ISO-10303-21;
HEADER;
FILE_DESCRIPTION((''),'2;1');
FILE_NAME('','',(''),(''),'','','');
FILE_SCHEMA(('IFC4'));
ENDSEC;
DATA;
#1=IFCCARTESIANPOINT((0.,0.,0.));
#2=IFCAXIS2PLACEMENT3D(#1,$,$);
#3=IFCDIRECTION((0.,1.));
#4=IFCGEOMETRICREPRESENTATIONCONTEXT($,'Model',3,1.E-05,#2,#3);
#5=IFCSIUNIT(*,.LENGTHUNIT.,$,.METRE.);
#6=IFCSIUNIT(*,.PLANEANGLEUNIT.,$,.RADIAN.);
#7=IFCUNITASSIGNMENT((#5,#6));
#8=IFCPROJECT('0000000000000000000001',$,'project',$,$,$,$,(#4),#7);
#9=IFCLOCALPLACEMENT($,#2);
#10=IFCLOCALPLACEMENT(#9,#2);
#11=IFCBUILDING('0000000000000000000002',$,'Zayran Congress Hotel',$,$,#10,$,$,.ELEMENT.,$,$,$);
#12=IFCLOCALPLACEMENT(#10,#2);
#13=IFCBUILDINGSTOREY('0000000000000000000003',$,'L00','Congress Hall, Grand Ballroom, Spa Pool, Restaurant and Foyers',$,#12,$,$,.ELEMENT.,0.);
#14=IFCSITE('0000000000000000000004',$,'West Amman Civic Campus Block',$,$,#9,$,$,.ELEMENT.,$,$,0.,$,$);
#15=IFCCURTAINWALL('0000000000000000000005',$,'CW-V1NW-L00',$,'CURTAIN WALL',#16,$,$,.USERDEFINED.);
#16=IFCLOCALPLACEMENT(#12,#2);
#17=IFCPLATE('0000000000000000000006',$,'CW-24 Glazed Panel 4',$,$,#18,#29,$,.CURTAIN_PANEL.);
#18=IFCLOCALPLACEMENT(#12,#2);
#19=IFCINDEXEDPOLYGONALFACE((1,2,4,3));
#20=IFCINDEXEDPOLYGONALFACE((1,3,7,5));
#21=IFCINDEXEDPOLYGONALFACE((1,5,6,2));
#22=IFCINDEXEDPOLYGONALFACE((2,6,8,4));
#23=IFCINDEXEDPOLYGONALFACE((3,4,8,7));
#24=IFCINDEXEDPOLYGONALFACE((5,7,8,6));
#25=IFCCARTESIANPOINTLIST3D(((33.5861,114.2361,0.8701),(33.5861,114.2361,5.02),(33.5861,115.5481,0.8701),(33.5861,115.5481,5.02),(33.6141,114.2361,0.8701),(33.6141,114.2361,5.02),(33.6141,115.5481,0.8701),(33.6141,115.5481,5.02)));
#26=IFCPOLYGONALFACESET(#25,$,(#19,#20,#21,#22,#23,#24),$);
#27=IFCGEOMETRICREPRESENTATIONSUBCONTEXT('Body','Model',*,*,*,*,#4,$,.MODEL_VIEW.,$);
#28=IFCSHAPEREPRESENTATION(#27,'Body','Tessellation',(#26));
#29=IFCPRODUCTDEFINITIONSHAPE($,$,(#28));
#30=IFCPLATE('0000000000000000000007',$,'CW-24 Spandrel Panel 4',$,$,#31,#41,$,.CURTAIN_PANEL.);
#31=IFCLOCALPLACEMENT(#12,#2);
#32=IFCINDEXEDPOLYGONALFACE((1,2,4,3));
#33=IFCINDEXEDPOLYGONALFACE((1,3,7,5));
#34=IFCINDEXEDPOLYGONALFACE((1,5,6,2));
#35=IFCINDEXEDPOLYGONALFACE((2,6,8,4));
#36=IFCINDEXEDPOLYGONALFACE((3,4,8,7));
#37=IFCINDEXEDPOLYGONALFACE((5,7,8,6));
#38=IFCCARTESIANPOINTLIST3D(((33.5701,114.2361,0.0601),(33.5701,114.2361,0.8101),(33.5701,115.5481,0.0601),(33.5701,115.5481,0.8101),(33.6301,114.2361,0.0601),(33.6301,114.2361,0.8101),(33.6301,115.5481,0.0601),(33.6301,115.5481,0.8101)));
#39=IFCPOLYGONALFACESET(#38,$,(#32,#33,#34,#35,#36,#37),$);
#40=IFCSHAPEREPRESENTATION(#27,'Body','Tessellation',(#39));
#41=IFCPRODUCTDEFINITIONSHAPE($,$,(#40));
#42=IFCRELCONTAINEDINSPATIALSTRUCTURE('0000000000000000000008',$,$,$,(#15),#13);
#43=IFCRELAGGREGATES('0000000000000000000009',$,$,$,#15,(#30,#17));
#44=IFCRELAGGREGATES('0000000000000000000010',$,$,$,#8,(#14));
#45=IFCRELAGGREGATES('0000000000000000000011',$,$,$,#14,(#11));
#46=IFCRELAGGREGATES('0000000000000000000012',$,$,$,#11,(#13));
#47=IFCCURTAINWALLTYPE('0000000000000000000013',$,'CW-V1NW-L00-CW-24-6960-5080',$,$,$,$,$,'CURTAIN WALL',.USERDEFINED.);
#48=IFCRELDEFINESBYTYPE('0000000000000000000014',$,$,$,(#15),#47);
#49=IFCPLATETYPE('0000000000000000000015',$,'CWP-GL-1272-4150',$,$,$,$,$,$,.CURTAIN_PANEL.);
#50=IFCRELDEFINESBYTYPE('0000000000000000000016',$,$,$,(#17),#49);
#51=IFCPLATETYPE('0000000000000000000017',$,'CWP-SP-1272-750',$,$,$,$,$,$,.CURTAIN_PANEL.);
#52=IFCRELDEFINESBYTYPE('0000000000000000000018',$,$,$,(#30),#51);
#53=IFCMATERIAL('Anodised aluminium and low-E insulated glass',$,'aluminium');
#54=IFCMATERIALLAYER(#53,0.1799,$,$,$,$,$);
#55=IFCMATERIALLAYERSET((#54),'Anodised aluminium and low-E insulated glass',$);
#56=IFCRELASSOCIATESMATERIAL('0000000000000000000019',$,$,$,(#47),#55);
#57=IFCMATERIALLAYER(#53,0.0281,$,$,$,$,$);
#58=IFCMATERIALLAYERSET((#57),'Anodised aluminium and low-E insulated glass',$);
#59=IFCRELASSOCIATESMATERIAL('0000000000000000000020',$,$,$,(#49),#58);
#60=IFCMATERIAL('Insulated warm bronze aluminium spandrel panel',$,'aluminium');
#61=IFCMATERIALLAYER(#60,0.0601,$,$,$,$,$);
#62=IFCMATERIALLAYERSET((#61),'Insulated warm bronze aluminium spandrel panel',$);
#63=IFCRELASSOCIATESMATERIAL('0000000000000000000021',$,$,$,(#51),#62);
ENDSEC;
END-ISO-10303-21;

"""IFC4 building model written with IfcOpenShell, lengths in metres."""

from ifc_helpers import new_model, si_unit, direction, frame, origin, origin_2d, place, context, subcontext, project, spatial, rectangle, extrude, material, layer, layer_set, type_object, element, aggregate, save


model = new_model("IFC4")

# Units and contexts
model_context = context("Model", 3, precision=1e-05, world=origin(), true_north=direction((0.0, 1.0)))
body_context = subcontext(model_context, "Body", "Model", "MODEL_VIEW")
ifc_project = project(units=[si_unit("LENGTHUNIT", "METRE"), si_unit("PLANEANGLEUNIT", "RADIAN")], contexts=[model_context])

# Site, building, storey
site_placement = place(None, origin())
site = spatial("IfcSite", under=ifc_project, at=site_placement, Name="West Amman Civic Campus Block", CompositionType="ELEMENT", RefElevation=0.0)
building_placement = place(site_placement, origin())
building = spatial("IfcBuilding", under=site, at=building_placement, Name="Zayran Congress Hotel", CompositionType="ELEMENT")
storey_placement = place(building_placement, origin())
storey = spatial("IfcBuildingStorey", under=building, at=storey_placement, Name="L00", Description="Congress Hall, Grand Ballroom, Spa Pool, Restaurant and Foyers", CompositionType="ELEMENT", Elevation=0.0)

# Shared definitions
ifc_material_1 = material(Name="Anodised aluminium and low-E insulated glass", Category="aluminium")

# Curtain wall
ifc_layer_1 = layer(ifc_material_1, 0.1799)
ifc_layer_set_1 = layer_set([ifc_layer_1], Name="Anodised aluminium and low-E insulated glass")
curtain_wall_type_1 = type_object("IfcCurtainWallType", Name="CW-V1NW-L00-CW-24-6960-5080", ElementType="CURTAIN WALL", PredefinedType="USERDEFINED", material=ifc_layer_set_1)
curtain_wall_1_placement = place(storey_placement, origin())
curtain_wall_1 = element("IfcCurtainWall", 1, at=curtain_wall_1_placement, inside=storey, type_object=curtain_wall_type_1, Name="CW-V1NW-L00", ObjectType="CURTAIN WALL", PredefinedType="USERDEFINED")

# Plates
ifc_material_2 = material(Name="Insulated warm bronze aluminium spandrel panel", Category="aluminium")
ifc_layer_2 = layer(ifc_material_1, 0.0281)
ifc_layer_set_2 = layer_set([ifc_layer_2], Name="Anodised aluminium and low-E insulated glass")
plate_type_1 = type_object("IfcPlateType", Name="CWP-GL-1272-4150", PredefinedType="CURTAIN_PANEL", material=ifc_layer_set_2)
plate_1_placement = place(storey_placement, frame((33.6001, 114.8921, 0.8701), z_axis=(0.0, 0.0, 1.0), x_axis=(0.0, 1.0, 0.0)))
plate_1 = element("IfcPlate", 2, at=plate_1_placement, type_object=plate_type_1, Name="CW-24 Glazed Panel 4", PredefinedType="CURTAIN_PANEL", context=body_context, shape_type="SweptSolid", body=[
    extrude(rectangle(XDim=1.312, YDim=0.0281, at=origin_2d()), origin(), (0.0, 0.0, 1.0), 4.1499),
])
ifc_layer_3 = layer(ifc_material_2, 0.0601)
ifc_layer_set_3 = layer_set([ifc_layer_3], Name="Insulated warm bronze aluminium spandrel panel")
plate_type_2 = type_object("IfcPlateType", Name="CWP-SP-1272-750", PredefinedType="CURTAIN_PANEL", material=ifc_layer_set_3)
plate_2_placement = place(storey_placement, frame((33.6001, 114.8921, 0.0601), z_axis=(0.0, 0.0, 1.0), x_axis=(0.0, 1.0, 0.0)))
plate_2 = element("IfcPlate", 3, at=plate_2_placement, type_object=plate_type_2, Name="CW-24 Spandrel Panel 4", PredefinedType="CURTAIN_PANEL", context=body_context, shape_type="SweptSolid", body=[
    extrude(rectangle(XDim=1.312, YDim=0.0601, at=origin_2d()), origin(), (0.0, 0.0, 1.0), 0.75),
])
aggregate(curtain_wall_1, [plate_2, plate_1])

save(model, "model.ifc")
